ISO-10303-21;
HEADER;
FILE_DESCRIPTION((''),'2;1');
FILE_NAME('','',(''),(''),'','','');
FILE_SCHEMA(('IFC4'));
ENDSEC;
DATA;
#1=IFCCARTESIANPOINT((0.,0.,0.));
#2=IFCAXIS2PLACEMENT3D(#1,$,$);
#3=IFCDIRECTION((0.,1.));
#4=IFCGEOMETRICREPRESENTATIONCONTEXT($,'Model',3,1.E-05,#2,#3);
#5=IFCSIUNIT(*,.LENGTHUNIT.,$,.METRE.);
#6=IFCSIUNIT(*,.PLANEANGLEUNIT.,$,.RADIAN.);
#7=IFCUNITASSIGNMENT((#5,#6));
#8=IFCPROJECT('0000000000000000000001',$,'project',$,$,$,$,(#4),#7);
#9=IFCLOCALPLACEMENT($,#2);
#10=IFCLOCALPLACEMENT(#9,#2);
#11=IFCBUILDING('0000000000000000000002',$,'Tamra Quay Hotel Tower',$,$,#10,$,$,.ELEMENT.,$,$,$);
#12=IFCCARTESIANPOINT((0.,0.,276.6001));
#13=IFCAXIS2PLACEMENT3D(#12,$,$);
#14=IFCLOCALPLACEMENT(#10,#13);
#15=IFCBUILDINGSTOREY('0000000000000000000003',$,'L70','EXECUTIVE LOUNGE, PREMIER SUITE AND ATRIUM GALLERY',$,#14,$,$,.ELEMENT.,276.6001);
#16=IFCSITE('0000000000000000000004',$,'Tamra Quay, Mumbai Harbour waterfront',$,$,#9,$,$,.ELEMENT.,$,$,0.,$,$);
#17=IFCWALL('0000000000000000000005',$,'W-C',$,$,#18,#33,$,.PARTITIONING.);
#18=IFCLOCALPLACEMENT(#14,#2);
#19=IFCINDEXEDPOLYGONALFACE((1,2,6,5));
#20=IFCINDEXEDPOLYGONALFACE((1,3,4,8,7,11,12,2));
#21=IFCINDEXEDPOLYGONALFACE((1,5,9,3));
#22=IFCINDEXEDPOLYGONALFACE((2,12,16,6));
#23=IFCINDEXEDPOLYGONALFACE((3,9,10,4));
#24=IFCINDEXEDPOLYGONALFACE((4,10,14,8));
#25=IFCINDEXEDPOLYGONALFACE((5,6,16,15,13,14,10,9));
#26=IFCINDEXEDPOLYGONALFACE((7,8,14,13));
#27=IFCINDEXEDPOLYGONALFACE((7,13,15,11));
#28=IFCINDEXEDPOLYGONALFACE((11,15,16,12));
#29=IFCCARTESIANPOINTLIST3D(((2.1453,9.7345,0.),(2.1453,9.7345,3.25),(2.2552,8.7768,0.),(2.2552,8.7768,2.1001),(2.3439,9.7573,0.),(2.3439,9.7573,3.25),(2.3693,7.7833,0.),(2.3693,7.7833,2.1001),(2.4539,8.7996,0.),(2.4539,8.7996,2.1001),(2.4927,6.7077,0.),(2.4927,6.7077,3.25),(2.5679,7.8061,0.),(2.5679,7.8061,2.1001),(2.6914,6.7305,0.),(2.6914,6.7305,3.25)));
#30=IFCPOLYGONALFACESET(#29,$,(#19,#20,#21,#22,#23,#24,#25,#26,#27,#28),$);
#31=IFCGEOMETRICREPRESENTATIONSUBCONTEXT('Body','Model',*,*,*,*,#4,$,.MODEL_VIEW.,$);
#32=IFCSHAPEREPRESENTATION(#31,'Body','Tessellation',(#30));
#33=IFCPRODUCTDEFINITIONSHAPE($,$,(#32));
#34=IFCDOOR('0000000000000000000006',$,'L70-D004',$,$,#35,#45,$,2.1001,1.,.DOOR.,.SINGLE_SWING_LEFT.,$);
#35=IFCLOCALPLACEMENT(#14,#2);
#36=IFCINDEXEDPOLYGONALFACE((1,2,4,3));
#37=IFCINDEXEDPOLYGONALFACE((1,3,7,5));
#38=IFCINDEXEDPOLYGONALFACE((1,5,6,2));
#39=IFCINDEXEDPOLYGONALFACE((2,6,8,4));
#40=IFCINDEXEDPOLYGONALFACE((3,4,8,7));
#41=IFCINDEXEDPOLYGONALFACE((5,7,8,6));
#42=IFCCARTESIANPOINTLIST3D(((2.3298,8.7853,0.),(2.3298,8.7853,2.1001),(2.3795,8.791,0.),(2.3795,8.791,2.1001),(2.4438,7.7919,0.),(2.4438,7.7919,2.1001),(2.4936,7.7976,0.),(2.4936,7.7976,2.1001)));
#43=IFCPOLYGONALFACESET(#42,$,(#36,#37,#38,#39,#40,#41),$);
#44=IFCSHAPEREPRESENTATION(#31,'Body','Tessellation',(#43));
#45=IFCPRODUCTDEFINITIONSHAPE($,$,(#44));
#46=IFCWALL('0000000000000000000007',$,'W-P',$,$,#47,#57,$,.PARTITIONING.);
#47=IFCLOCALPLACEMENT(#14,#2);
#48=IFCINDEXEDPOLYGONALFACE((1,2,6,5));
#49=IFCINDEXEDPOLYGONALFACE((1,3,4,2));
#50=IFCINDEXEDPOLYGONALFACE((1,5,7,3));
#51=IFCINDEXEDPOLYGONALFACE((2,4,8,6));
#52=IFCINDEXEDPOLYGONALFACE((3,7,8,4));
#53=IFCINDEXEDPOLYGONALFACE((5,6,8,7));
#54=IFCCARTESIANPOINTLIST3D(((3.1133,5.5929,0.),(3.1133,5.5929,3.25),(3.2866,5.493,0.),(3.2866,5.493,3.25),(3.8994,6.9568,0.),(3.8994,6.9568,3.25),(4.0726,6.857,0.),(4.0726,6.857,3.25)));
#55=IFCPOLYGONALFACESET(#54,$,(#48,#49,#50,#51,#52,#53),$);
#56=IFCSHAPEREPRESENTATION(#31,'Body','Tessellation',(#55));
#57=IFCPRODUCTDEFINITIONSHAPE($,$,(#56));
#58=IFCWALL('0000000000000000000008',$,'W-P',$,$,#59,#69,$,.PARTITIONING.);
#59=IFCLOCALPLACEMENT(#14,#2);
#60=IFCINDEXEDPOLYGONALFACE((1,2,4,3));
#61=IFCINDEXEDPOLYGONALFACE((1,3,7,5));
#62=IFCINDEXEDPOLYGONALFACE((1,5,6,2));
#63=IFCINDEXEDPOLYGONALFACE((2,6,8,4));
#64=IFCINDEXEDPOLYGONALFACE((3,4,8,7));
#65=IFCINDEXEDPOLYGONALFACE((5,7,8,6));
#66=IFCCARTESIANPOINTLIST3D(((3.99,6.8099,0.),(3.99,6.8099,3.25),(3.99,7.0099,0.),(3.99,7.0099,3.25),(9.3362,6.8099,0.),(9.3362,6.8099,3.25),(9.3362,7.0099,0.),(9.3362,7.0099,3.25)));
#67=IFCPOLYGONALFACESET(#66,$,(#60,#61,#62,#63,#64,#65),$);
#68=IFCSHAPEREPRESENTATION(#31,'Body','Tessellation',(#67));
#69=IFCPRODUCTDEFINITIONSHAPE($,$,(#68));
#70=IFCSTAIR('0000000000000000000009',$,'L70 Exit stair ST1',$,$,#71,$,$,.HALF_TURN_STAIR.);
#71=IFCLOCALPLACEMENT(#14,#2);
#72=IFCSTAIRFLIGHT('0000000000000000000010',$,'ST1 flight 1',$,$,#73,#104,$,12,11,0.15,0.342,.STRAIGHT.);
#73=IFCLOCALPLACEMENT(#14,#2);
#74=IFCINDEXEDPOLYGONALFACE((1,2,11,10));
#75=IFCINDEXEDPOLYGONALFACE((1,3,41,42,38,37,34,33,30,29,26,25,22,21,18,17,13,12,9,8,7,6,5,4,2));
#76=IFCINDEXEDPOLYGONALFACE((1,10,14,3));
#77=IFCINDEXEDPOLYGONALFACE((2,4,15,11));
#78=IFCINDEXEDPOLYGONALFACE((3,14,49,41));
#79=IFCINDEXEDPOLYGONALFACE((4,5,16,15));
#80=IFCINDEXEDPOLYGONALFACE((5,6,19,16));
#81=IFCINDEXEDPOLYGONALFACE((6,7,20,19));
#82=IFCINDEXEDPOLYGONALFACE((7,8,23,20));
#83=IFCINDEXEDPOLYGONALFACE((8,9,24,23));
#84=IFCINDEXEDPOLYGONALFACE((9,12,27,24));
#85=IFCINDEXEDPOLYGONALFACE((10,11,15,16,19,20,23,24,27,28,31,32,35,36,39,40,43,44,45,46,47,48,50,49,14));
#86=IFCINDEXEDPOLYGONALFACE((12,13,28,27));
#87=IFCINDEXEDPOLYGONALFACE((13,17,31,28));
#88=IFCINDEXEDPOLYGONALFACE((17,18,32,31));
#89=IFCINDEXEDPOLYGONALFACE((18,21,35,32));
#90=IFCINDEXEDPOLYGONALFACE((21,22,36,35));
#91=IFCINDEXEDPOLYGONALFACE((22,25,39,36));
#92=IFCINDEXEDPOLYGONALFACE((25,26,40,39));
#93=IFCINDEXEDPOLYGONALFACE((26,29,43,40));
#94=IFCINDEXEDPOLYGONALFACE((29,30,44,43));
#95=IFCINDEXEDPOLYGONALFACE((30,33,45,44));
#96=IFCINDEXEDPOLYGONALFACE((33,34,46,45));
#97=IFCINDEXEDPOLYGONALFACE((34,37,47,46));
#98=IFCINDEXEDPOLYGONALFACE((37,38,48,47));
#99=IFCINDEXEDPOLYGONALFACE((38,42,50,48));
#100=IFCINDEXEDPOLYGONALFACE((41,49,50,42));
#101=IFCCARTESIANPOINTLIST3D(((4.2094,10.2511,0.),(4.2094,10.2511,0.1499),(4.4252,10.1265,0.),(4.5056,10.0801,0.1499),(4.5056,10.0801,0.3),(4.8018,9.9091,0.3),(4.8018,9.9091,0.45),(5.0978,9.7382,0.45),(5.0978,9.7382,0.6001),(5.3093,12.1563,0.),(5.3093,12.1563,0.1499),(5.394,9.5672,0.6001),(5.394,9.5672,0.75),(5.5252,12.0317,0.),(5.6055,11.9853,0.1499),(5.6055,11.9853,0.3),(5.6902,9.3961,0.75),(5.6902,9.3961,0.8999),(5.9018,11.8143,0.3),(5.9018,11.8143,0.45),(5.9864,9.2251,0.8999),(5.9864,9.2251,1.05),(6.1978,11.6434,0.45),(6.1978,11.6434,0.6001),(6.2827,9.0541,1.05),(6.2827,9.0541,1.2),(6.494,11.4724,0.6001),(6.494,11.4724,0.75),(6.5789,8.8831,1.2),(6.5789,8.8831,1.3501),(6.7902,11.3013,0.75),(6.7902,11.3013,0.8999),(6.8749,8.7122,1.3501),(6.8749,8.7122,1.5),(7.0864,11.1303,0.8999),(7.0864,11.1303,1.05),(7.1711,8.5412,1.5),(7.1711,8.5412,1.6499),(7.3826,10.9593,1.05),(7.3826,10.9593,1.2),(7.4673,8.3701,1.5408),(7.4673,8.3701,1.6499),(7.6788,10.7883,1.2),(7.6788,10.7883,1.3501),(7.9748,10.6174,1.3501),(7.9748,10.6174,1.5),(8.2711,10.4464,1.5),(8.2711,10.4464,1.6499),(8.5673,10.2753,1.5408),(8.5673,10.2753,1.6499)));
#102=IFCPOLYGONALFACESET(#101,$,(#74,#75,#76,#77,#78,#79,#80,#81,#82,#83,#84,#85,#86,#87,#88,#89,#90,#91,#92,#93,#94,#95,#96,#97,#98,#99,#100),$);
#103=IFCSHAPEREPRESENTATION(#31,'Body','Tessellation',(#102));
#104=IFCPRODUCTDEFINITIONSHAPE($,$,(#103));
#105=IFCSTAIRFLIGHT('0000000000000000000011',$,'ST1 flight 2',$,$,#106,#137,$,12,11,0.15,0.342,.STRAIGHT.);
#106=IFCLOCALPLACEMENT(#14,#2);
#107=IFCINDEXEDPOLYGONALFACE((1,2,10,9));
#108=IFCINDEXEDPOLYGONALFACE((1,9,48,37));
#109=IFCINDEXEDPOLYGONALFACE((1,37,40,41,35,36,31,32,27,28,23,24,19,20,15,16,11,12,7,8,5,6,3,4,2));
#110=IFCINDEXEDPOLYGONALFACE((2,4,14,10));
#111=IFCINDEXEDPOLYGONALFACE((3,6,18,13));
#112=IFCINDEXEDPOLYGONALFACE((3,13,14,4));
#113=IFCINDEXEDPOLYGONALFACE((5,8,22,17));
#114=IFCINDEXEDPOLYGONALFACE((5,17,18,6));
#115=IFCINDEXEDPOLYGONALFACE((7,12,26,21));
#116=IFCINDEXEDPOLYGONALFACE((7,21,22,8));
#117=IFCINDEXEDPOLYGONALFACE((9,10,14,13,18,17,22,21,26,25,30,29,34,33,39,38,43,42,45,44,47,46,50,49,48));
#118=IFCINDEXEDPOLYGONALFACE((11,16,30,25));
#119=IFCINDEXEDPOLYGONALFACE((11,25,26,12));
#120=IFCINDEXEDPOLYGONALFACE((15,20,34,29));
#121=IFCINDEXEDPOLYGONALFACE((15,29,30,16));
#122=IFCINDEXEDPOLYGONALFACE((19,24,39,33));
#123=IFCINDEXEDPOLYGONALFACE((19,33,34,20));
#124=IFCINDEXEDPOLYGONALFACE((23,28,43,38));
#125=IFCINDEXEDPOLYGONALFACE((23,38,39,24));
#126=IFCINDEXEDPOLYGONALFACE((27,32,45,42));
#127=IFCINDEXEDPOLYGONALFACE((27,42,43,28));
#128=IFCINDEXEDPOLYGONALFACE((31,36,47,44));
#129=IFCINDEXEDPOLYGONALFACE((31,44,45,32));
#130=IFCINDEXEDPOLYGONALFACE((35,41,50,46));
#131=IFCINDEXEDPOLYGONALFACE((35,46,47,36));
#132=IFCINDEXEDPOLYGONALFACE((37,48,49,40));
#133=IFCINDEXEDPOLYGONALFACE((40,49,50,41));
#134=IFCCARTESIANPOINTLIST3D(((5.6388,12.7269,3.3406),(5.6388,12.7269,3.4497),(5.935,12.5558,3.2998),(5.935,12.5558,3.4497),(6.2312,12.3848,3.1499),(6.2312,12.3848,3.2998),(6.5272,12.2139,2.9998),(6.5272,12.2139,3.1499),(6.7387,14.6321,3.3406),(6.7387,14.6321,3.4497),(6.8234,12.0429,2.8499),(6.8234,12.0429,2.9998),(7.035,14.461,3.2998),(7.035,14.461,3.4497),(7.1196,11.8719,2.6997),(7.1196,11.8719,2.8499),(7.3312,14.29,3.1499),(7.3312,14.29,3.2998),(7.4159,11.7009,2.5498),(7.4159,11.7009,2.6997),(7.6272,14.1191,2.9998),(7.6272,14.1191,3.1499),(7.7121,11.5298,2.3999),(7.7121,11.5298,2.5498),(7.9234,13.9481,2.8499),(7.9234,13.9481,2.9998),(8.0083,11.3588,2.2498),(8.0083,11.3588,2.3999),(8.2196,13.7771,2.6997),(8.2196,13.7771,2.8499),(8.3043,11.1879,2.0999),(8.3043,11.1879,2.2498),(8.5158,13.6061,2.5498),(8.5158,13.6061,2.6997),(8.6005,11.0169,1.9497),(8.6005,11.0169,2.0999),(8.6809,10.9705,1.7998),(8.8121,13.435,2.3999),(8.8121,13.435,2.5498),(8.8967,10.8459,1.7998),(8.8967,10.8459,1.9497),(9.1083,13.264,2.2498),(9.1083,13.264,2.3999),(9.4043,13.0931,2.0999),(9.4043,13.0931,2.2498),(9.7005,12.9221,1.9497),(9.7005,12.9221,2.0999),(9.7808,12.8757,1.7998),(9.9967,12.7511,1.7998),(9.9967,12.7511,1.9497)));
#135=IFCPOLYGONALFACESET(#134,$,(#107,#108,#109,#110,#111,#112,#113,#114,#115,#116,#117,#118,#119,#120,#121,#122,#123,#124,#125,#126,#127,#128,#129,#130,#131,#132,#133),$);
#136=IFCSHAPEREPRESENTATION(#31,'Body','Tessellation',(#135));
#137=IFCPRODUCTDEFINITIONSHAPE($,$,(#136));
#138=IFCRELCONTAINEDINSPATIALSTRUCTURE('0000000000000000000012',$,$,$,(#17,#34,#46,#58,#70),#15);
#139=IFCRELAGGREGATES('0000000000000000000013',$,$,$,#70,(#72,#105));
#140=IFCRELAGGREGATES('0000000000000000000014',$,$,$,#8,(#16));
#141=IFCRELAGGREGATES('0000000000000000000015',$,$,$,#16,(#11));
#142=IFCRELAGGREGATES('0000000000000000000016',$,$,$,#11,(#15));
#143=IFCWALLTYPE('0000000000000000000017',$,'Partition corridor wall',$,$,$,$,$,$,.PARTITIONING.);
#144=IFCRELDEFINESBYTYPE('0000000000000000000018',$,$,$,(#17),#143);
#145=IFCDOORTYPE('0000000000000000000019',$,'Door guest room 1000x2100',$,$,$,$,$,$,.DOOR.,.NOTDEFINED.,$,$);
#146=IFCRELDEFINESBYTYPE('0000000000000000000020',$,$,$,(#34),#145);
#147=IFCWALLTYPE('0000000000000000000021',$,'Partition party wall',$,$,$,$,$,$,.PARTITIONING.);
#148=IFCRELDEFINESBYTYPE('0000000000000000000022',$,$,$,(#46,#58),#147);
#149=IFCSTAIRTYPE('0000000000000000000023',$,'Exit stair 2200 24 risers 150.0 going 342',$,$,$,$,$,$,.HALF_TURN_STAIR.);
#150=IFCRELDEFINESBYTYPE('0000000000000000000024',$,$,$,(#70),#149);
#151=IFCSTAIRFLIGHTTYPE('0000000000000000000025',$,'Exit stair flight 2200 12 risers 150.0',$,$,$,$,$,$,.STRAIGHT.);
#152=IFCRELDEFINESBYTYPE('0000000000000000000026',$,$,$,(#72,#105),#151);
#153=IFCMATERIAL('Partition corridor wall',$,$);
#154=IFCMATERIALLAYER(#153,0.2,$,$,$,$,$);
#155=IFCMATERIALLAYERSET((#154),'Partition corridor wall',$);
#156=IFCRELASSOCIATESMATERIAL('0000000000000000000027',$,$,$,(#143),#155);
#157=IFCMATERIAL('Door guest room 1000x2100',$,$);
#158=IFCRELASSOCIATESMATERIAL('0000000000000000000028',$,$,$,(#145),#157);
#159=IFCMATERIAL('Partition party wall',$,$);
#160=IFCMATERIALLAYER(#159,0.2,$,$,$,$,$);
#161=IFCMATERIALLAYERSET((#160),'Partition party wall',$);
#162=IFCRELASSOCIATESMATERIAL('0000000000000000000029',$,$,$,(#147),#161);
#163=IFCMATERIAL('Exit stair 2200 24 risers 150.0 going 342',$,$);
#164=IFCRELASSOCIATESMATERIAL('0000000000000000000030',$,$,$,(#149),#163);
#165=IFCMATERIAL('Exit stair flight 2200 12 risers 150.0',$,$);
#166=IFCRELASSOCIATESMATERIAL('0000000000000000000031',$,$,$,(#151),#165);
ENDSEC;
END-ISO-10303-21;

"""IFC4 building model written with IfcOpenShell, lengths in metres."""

from ifc_helpers import new_model, si_unit, direction, frame, frame_2d, origin, place, context, subcontext, project, spatial, polyline, rectangle, outline, extrude, material, layer, layer_set, type_object, element, fill, aggregate, save


model = new_model("IFC4")

# Units and contexts
model_context = context("Model", 3, precision=1e-05, world=origin(), true_north=direction((0.0, 1.0)))
body_context = subcontext(model_context, "Body", "Model", "MODEL_VIEW")
ifc_project = project(units=[si_unit("LENGTHUNIT", "METRE"), si_unit("PLANEANGLEUNIT", "RADIAN")], contexts=[model_context])

# Site, building, storey
site_placement = place(None, origin())
site = spatial("IfcSite", under=ifc_project, at=site_placement, Name="Tamra Quay, Mumbai Harbour waterfront", CompositionType="ELEMENT", RefElevation=0.0)
building_placement = place(site_placement, origin())
building = spatial("IfcBuilding", under=site, at=building_placement, Name="Tamra Quay Hotel Tower", CompositionType="ELEMENT")
storey_placement = place(building_placement, frame((0.0, 0.0, 276.6001)))
storey = spatial("IfcBuildingStorey", under=building, at=storey_placement, Name="L70", Description="EXECUTIVE LOUNGE, PREMIER SUITE AND ATRIUM GALLERY", CompositionType="ELEMENT", Elevation=276.6001)

# Wall, opening, door
ifc_material_1 = material(Name="Partition corridor wall")
ifc_layer_1 = layer(ifc_material_1, 0.2)
ifc_layer_set_1 = layer_set([ifc_layer_1], Name="Partition corridor wall")
wall_type_1 = type_object("IfcWallType", Name="Partition corridor wall", PredefinedType="PARTITIONING", material=ifc_layer_set_1)
wall_1_placement = place(storey_placement, frame((2.592, 6.719, 0.0), z_axis=(0.0, 0.0, 1.0), x_axis=(-0.114028, 0.993478, 0.0)))
wall_1 = element("IfcWall", 1, at=wall_1_placement, inside=storey, type_object=wall_type_1, Name="W-C", PredefinedType="PARTITIONING", context=body_context, shape_type="SweptSolid", body=[
    extrude(rectangle(XDim=3.0466, YDim=0.2, at=frame_2d((1.5234, 0.0))), origin(), (0.0, 0.0, 1.0), 3.25),
])
opening_1_placement = place(wall_1_placement, frame((1.0828, 0.0, 0.0)))
opening_1 = element("IfcOpeningElement", 2, at=opening_1_placement, cuts=wall_1, PredefinedType="OPENING", context=body_context, shape_type="SweptSolid", body=[
    extrude(rectangle(XDim=1.0, YDim=2.1001, at=frame_2d((0.5, 1.05))), frame((0.0, 0.1099, 0.0), z_axis=(0.0, -1.0, 0.0), x_axis=(1.0, 0.0, 0.0)), (0.0, 0.0, 1.0), 0.22),
])
ifc_material_2 = material(Name="Door guest room 1000x2100")
door_type_1 = type_object("IfcDoorType", Name="Door guest room 1000x2100", OperationType="NOTDEFINED", PredefinedType="DOOR", material=ifc_material_2)
door_1_placement = place(opening_1_placement, origin())
door_1 = element("IfcDoor", 3, at=door_1_placement, inside=storey, type_object=door_type_1, Name="L70-D004", OperationType="SINGLE_SWING_LEFT", OverallHeight=2.1001, OverallWidth=1.0, PredefinedType="DOOR", context=body_context, shape_type="SweptSolid", body=[
    extrude(rectangle(XDim=1.0, YDim=2.1001, at=frame_2d((0.5, 1.05))), frame((0.0, 0.0249, 0.0), z_axis=(0.0, -1.0, 0.0), x_axis=(1.0, 0.0, 0.0)), (0.0, 0.0, 1.0), 0.05),
])
fill(opening_1, door_1)

# Walls
ifc_material_3 = material(Name="Partition party wall")
ifc_layer_2 = layer(ifc_material_3, 0.2)
ifc_layer_set_2 = layer_set([ifc_layer_2], Name="Partition party wall")
wall_type_2 = type_object("IfcWallType", Name="Partition party wall", PredefinedType="PARTITIONING", material=ifc_layer_set_2)
wall_2_placement = place(storey_placement, frame((3.2, 5.543, 0.0), z_axis=(0.0, 0.0, 1.0), x_axis=(0.499342, 0.866405, 0.0)))
element("IfcWall", 4, at=wall_2_placement, inside=storey, type_object=wall_type_2, Name="W-P", PredefinedType="PARTITIONING", context=body_context, shape_type="SweptSolid", body=[
    extrude(rectangle(XDim=1.5742, YDim=0.2, at=frame_2d((0.7871, 0.0))), origin(), (0.0, 0.0, 1.0), 3.25),
])
wall_3_placement = place(storey_placement, frame((3.99, 6.9099, 0.0), z_axis=(0.0, 0.0, 1.0), x_axis=(1.0, 0.0, 0.0)))
element("IfcWall", 5, at=wall_3_placement, inside=storey, type_object=wall_type_2, Name="W-P", PredefinedType="PARTITIONING", context=body_context, shape_type="SweptSolid", body=[
    extrude(rectangle(XDim=5.3462, YDim=0.2, at=frame_2d((2.6731, 0.0))), origin(), (0.0, 0.0, 1.0), 3.25),
])

# Stair, stair flights
ifc_material_4 = material(Name="Exit stair 2200 24 risers 150.0 going 342")
stair_type = type_object("IfcStairType", Name="Exit stair 2200 24 risers 150.0 going 342", PredefinedType="HALF_TURN_STAIR", material=ifc_material_4)
stair_placement = place(storey_placement, origin())
stair = element("IfcStair", 6, at=stair_placement, inside=storey, type_object=stair_type, Name="L70 Exit stair ST1", PredefinedType="HALF_TURN_STAIR")
ifc_material_5 = material(Name="Exit stair flight 2200 12 risers 150.0")
stair_flight_type = type_object("IfcStairFlightType", Name="Exit stair flight 2200 12 risers 150.0", PredefinedType="STRAIGHT", material=ifc_material_5)
stair_flight_1_placement = place(storey_placement, frame((4.7593, 11.2036, 0.0), z_axis=(0.0, 0.0, 1.0), x_axis=(0.866025, -0.5, 0.0)))
stair_flight_1 = element("IfcStairFlight", 7, at=stair_flight_1_placement, type_object=stair_flight_type, Name="ST1 flight 1", NumberOfRisers=12, NumberOfTreads=11, PredefinedType="STRAIGHT", RiserHeight=0.15, TreadLength=0.342, context=body_context, shape_type="SweptSolid", body=[
    extrude(outline(polyline([(0.0, 0.0), (0.0, 0.1499), (0.342, 0.1499), (0.342, 0.3), (0.6841, 0.3), (0.6841, 0.45), (1.0259, 0.45), (1.0259, 0.6001), (1.3679, 0.6001), (1.3679, 0.75), (1.71, 0.75), (1.71, 0.8999), (2.052, 0.8999), (2.052, 1.05), (2.394, 1.05), (2.394, 1.2), (2.7361, 1.2), (2.7361, 1.3501), (3.0779, 1.3501), (3.0779, 1.5), (3.4199, 1.5), (3.4199, 1.6499), (3.762, 1.6499), (3.762, 1.8), (3.762, 1.5408), (0.2493, 0.0), (0.0, 0.0)])), frame((0.0, 1.1001, 0.0), z_axis=(0.0, -1.0, 0.0), x_axis=(1.0, 0.0, 0.0)), (0.0, 0.0, 1.0), 2.2),
])
stair_flight_2_placement = place(storey_placement, frame((9.4468, 11.7986, 1.7998), z_axis=(0.0, 0.0, 1.0), x_axis=(-0.866025, 0.5, 0.0)))
stair_flight_2 = element("IfcStairFlight", 8, at=stair_flight_2_placement, type_object=stair_flight_type, Name="ST1 flight 2", NumberOfRisers=12, NumberOfTreads=11, PredefinedType="STRAIGHT", RiserHeight=0.15, TreadLength=0.342, context=body_context, shape_type="SweptSolid", body=[
    extrude(outline(polyline([(0.0, 0.0), (0.0, 0.1499), (0.342, 0.1499), (0.342, 0.3), (0.6841, 0.3), (0.6841, 0.45), (1.0259, 0.45), (1.0259, 0.6001), (1.3679, 0.6001), (1.3679, 0.75), (1.71, 0.75), (1.71, 0.8999), (2.052, 0.8999), (2.052, 1.05), (2.394, 1.05), (2.394, 1.2), (2.7361, 1.2), (2.7361, 1.3501), (3.0779, 1.3501), (3.0779, 1.5), (3.4199, 1.5), (3.4199, 1.6499), (3.762, 1.6499), (3.762, 1.8), (3.762, 1.5408), (0.2493, 0.0), (0.0, 0.0)])), frame((0.0, 1.1001, 0.0), z_axis=(0.0, -1.0, 0.0), x_axis=(1.0, 0.0, 0.0)), (0.0, 0.0, 1.0), 2.2),
])
aggregate(stair, [stair_flight_1, stair_flight_2])

save(model, "model.ifc")
